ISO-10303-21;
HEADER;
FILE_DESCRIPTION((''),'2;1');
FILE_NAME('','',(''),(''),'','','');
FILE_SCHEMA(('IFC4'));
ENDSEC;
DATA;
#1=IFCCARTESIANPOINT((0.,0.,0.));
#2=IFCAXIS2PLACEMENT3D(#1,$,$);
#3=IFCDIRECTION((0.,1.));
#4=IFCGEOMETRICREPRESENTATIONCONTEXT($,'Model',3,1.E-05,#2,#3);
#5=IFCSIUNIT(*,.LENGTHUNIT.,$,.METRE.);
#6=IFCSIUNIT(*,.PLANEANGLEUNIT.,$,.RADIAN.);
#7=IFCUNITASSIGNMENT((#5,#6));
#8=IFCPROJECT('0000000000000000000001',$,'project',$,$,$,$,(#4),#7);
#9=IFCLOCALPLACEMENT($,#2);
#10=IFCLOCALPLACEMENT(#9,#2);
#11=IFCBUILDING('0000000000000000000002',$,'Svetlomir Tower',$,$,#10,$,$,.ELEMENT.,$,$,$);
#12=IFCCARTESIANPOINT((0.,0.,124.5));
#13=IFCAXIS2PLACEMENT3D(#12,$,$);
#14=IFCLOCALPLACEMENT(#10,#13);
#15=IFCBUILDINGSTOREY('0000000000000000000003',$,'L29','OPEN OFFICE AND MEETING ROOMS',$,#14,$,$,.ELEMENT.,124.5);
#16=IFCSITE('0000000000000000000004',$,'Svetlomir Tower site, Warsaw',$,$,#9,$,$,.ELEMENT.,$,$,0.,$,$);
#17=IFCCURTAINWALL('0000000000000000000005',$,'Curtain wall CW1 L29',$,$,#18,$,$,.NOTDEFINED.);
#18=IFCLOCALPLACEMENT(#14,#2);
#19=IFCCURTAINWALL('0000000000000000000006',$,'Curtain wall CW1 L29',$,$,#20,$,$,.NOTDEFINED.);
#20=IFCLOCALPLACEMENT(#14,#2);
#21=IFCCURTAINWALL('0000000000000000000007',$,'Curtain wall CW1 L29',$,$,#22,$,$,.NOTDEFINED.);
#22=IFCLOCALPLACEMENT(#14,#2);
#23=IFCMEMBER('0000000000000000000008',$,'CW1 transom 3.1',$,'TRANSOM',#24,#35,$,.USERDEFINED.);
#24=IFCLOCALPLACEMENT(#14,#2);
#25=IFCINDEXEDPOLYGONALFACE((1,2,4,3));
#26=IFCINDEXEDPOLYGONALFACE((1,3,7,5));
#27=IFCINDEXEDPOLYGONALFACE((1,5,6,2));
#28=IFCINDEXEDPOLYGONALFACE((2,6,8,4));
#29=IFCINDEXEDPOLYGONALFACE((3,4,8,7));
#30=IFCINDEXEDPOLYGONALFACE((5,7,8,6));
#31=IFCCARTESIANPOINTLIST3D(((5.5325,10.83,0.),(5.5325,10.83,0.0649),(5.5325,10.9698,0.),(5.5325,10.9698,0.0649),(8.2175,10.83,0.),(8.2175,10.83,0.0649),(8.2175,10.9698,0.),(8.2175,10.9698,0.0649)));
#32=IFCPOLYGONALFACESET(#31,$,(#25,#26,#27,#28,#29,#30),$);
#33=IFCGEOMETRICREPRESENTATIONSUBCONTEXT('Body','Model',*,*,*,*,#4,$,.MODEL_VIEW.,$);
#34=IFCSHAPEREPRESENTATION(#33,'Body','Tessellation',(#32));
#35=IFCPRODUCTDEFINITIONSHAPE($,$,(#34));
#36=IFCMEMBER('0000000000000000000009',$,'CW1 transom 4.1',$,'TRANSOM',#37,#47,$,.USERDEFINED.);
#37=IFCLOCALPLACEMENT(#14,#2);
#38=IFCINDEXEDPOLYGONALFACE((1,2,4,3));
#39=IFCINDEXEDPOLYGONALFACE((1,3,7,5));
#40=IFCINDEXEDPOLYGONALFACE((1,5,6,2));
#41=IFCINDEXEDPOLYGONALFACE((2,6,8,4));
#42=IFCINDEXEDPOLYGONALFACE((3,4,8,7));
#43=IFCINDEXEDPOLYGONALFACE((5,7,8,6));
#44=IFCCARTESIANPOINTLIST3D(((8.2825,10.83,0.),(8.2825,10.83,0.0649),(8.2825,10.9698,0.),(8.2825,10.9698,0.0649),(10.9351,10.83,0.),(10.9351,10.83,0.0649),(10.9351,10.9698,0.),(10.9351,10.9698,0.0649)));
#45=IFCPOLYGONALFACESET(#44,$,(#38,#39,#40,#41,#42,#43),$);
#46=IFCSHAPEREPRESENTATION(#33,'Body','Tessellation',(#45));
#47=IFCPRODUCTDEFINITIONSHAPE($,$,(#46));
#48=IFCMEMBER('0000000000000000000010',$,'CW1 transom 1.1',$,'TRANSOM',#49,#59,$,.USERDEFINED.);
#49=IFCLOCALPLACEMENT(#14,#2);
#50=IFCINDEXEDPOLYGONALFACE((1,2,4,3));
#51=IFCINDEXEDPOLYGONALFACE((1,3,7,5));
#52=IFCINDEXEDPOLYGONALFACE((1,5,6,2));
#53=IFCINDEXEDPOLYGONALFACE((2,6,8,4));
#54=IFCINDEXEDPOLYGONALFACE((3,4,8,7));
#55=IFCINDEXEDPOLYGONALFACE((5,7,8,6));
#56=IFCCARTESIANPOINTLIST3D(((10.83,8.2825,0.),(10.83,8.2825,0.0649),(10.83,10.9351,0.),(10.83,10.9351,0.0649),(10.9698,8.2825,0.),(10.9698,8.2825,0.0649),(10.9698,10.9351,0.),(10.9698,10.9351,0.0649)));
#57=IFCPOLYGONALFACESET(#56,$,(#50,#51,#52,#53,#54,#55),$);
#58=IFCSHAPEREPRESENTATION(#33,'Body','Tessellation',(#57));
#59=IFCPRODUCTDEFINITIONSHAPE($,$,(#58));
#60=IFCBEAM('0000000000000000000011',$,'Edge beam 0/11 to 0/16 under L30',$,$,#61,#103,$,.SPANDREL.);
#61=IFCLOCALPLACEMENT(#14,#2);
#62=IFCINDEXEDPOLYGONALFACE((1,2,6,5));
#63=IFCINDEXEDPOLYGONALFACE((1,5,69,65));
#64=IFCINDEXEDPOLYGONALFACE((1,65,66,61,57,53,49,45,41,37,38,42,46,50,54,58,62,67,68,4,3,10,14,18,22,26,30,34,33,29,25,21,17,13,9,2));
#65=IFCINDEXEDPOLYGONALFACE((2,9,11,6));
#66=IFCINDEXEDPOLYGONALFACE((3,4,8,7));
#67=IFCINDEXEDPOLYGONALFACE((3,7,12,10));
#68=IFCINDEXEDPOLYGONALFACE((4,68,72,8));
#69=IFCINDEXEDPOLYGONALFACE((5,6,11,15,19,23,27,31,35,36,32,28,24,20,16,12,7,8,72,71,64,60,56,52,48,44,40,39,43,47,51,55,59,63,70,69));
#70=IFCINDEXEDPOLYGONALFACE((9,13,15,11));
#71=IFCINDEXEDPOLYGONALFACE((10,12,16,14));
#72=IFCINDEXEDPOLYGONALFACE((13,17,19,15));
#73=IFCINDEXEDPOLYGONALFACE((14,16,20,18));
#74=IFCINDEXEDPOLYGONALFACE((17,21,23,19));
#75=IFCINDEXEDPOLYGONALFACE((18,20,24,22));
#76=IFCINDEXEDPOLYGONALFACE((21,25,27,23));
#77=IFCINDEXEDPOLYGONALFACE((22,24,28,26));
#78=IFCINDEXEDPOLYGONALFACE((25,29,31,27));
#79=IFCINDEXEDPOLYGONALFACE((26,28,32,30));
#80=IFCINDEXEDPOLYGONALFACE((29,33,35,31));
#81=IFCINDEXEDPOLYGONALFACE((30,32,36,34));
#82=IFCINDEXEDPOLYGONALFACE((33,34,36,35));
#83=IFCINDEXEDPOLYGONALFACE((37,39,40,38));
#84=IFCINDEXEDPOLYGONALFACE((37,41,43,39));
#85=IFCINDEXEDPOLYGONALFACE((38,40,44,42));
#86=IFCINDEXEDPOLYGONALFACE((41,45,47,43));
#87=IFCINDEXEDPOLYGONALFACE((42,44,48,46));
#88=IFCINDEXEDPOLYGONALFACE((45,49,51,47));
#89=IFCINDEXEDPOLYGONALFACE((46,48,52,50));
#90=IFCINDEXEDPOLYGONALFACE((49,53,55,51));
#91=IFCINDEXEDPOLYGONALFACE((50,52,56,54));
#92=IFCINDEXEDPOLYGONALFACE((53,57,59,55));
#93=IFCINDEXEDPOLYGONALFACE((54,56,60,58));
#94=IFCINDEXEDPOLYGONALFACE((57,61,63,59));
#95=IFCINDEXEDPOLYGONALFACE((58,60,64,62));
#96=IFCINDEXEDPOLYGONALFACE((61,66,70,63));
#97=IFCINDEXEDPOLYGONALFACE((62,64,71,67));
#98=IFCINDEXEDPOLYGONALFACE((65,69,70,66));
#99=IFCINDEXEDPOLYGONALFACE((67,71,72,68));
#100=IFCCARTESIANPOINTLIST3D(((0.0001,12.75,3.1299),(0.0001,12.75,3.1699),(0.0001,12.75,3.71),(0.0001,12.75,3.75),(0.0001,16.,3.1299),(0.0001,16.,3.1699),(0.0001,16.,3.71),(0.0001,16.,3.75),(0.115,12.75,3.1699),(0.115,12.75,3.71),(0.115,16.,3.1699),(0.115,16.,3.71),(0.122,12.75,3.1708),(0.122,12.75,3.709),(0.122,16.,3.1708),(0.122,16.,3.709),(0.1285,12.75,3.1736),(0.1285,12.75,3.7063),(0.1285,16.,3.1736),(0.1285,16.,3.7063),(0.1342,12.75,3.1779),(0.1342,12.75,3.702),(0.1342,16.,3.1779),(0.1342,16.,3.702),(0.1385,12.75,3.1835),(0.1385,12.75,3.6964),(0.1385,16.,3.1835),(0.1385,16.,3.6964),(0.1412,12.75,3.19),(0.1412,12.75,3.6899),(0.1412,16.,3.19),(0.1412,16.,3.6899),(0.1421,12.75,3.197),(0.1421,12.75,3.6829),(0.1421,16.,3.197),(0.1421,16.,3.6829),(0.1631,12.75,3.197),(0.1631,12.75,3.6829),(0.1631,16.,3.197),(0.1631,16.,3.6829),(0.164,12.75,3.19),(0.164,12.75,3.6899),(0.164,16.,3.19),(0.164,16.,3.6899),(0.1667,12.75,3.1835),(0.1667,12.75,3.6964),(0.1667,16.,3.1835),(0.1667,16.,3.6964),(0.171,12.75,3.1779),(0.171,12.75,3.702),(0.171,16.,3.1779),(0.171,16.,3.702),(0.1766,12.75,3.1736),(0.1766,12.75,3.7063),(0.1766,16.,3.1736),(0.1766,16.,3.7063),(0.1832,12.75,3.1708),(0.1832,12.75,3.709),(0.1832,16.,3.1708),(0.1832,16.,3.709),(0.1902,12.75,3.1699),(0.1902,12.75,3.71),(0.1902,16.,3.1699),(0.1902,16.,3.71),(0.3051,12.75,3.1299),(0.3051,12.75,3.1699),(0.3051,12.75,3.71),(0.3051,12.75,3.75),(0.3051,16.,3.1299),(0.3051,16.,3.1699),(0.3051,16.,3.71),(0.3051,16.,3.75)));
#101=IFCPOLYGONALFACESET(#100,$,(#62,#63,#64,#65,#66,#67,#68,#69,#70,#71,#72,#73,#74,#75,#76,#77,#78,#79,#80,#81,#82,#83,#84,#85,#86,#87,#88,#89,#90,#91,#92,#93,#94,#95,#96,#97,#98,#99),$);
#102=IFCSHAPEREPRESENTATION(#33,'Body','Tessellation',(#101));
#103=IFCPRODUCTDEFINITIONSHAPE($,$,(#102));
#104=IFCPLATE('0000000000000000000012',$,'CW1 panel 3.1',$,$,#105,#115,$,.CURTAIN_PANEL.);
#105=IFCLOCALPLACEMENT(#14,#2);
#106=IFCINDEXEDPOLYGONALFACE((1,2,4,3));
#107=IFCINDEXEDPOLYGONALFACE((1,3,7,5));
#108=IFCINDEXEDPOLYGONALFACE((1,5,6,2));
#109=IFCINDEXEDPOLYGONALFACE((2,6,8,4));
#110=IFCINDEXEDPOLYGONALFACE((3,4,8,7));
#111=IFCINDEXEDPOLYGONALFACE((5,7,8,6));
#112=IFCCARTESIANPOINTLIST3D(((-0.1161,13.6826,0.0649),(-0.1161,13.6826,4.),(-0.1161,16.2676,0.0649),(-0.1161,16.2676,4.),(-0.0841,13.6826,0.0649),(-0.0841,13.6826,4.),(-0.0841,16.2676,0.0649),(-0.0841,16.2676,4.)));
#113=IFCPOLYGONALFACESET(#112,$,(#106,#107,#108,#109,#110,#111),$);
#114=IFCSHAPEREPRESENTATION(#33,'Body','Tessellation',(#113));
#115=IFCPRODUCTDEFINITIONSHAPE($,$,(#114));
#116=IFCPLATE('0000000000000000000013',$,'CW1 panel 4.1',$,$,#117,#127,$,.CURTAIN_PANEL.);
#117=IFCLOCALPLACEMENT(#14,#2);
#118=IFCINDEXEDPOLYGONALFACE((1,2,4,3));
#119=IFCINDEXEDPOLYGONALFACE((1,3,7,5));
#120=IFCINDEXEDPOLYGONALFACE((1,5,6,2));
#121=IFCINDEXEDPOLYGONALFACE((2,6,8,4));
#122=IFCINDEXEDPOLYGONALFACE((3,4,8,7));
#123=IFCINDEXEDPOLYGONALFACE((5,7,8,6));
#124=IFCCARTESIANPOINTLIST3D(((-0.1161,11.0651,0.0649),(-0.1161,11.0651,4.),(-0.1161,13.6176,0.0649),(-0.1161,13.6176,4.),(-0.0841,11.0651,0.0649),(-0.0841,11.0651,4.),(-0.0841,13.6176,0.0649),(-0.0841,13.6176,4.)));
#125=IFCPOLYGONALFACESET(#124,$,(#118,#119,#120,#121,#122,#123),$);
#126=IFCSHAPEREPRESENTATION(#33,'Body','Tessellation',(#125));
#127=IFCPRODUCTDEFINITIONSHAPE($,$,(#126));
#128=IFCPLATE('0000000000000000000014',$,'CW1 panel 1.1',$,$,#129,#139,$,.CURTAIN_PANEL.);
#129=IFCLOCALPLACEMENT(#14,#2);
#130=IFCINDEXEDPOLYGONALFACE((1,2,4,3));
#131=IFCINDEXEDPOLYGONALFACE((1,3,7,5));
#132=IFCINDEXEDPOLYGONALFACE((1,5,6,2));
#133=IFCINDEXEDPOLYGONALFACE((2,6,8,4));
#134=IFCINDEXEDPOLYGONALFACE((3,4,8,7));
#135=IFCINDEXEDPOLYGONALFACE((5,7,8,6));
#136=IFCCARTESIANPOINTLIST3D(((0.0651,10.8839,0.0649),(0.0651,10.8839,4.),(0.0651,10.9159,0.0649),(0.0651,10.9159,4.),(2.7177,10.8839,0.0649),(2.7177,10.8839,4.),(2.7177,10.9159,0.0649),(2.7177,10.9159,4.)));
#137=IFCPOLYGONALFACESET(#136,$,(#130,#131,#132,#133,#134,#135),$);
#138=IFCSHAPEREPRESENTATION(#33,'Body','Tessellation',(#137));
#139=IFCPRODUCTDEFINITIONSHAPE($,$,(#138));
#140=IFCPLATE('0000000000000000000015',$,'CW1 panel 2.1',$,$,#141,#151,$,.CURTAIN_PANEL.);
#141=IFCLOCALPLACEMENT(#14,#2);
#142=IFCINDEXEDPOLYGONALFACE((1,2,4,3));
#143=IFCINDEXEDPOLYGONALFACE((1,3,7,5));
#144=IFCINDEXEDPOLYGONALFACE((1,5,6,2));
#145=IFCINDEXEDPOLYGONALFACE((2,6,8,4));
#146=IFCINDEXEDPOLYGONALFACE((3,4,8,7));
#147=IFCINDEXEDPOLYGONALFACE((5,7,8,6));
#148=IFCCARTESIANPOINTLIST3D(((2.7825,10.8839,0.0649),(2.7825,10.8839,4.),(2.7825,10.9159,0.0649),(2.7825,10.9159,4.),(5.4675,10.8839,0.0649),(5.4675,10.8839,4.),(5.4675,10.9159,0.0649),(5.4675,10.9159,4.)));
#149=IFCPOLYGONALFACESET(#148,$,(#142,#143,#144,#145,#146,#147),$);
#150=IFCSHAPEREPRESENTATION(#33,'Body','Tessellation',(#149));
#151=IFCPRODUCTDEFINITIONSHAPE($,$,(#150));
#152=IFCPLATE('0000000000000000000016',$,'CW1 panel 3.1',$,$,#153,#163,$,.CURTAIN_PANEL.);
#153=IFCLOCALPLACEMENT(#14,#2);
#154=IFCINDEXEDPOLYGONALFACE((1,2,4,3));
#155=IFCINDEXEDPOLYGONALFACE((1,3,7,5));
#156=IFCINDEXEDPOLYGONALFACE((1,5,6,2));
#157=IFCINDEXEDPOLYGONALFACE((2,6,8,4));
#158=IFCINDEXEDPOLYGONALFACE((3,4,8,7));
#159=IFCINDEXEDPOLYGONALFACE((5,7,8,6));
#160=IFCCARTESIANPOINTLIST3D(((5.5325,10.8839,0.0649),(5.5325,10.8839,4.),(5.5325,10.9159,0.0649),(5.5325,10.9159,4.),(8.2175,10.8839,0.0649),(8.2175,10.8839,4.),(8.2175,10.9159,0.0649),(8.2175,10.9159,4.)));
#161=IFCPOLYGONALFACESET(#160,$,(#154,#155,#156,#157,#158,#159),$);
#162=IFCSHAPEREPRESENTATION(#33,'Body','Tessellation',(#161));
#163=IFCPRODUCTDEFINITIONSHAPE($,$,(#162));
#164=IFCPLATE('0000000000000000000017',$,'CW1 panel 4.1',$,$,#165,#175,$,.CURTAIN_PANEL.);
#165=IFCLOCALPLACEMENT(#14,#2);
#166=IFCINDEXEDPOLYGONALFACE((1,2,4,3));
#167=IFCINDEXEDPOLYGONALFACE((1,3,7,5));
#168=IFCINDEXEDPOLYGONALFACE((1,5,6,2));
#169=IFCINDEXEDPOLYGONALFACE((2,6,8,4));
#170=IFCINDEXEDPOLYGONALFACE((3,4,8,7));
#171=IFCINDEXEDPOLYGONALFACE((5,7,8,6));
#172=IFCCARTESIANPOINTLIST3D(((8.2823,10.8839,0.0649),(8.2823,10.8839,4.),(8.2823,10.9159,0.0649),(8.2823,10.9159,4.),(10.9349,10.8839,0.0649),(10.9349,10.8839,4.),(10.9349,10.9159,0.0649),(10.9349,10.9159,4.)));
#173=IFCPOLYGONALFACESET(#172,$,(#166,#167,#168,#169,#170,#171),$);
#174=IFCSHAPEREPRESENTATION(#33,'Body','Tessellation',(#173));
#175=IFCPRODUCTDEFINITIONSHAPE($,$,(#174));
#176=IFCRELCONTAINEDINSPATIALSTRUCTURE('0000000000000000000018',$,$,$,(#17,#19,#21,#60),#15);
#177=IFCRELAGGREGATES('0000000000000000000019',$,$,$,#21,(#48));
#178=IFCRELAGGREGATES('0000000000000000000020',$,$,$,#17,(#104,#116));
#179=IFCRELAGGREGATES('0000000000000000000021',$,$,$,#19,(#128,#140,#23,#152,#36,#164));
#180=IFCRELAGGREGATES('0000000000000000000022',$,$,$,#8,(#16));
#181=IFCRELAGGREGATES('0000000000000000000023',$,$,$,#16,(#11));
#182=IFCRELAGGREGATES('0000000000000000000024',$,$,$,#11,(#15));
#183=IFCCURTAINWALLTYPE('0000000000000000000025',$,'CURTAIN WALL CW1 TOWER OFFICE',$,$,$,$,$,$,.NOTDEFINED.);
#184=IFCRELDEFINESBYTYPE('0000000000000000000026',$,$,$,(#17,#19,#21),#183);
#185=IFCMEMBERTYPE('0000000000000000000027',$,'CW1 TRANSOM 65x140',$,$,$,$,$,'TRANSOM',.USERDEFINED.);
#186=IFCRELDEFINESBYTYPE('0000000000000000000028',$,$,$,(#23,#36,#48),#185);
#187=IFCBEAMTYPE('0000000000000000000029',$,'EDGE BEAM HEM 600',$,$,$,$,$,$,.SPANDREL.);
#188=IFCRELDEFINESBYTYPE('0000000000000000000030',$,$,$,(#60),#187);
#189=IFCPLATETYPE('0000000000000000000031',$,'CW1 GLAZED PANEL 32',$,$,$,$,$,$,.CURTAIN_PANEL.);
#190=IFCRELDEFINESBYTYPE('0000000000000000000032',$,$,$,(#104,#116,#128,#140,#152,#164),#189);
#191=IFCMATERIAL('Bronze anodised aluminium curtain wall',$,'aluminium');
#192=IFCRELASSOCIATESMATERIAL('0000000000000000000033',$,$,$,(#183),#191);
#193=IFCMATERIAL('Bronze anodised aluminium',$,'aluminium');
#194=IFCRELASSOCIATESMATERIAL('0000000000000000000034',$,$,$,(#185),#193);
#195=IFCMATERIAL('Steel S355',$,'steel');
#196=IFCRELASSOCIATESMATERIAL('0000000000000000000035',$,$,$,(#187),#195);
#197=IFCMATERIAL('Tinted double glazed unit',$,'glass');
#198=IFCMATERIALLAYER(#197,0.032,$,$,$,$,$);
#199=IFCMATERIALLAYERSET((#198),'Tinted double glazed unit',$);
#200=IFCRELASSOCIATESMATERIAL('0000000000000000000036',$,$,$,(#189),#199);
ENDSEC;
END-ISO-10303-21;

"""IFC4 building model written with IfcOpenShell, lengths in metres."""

from ifc_helpers import new_model, si_unit, direction, frame, origin, origin_2d, place, context, subcontext, project, spatial, rectangle, i_section, extrude, material, layer, layer_set, material_profile, profile_set, type_object, element, aggregate, save


model = new_model("IFC4")

# Units and contexts
model_context = context("Model", 3, precision=1e-05, world=origin(), true_north=direction((0.0, 1.0)))
body_context = subcontext(model_context, "Body", "Model", "MODEL_VIEW")
ifc_project = project(units=[si_unit("LENGTHUNIT", "METRE"), si_unit("PLANEANGLEUNIT", "RADIAN")], contexts=[model_context])

# Site, building, storey
site_placement = place(None, origin())
site = spatial("IfcSite", under=ifc_project, at=site_placement, Name="Svetlomir Tower site, Warsaw", CompositionType="ELEMENT", RefElevation=0.0)
building_placement = place(site_placement, origin())
building = spatial("IfcBuilding", under=site, at=building_placement, Name="Svetlomir Tower", CompositionType="ELEMENT")
storey_placement = place(building_placement, frame((0.0, 0.0, 124.5)))
storey = spatial("IfcBuildingStorey", under=building, at=storey_placement, Name="L29", Description="OPEN OFFICE AND MEETING ROOMS", CompositionType="ELEMENT", Elevation=124.5)

# Curtain walls
ifc_material_1 = material(Name="Bronze anodised aluminium curtain wall", Category="aluminium")
curtain_wall_type = type_object("IfcCurtainWallType", Name="CURTAIN WALL CW1 TOWER OFFICE", PredefinedType="NOTDEFINED", material=ifc_material_1)
curtain_wall_1_placement = place(storey_placement, origin())
curtain_wall_1 = element("IfcCurtainWall", 1, at=curtain_wall_1_placement, inside=storey, type_object=curtain_wall_type, Name="Curtain wall CW1 L29", PredefinedType="NOTDEFINED")
curtain_wall_2_placement = place(storey_placement, origin())
curtain_wall_2 = element("IfcCurtainWall", 2, at=curtain_wall_2_placement, inside=storey, type_object=curtain_wall_type, Name="Curtain wall CW1 L29", PredefinedType="NOTDEFINED")

# Curtain wall
curtain_wall_3_placement = place(storey_placement, origin())
curtain_wall_3 = element("IfcCurtainWall", 3, at=curtain_wall_3_placement, inside=storey, type_object=curtain_wall_type, Name="Curtain wall CW1 L29", PredefinedType="NOTDEFINED")

# Members
ifc_material_2 = material(Name="Bronze anodised aluminium", Category="aluminium")
ifc_material_profile_1 = material_profile(ifc_material_2, rectangle(XDim=0.1399, YDim=0.0649, at=origin_2d()), Name="AL 140x65")
ifc_profile_set_1 = profile_set([ifc_material_profile_1], Name="Bronze anodised aluminium 6063-T6")
member_type_1 = type_object("IfcMemberType", Name="CW1 TRANSOM 65x140", ElementType="TRANSOM", PredefinedType="USERDEFINED", material=ifc_profile_set_1)
member_1_placement = place(storey_placement, frame((5.5325, 10.8999, 0.0325), z_axis=(1.0, 0.0, 0.0), x_axis=(0.0, 1.0, 0.0)))
member_1 = element("IfcMember", 4, at=member_1_placement, type_object=member_type_1, Name="CW1 transom 3.1", ObjectType="TRANSOM", PredefinedType="USERDEFINED", context=body_context, shape_type="SweptSolid", body=[
    extrude(rectangle(XDim=0.1399, YDim=0.0649, at=origin_2d()), origin(), (0.0, 0.0, 1.0), 2.6851),
])
member_2_placement = place(storey_placement, frame((8.2825, 10.8999, 0.0325), z_axis=(1.0, 0.0, 0.0), x_axis=(0.0, 1.0, 0.0)))
member_2 = element("IfcMember", 5, at=member_2_placement, type_object=member_type_1, Name="CW1 transom 4.1", ObjectType="TRANSOM", PredefinedType="USERDEFINED", context=body_context, shape_type="SweptSolid", body=[
    extrude(rectangle(XDim=0.1399, YDim=0.0649, at=origin_2d()), origin(), (0.0, 0.0, 1.0), 2.6526),
])
member_3_placement = place(storey_placement, frame((10.8999, 10.9351, 0.0325), z_axis=(0.0, -1.0, 0.0), x_axis=(1.0, 0.0, 0.0)))
member_3 = element("IfcMember", 6, at=member_3_placement, type_object=member_type_1, Name="CW1 transom 1.1", ObjectType="TRANSOM", PredefinedType="USERDEFINED", context=body_context, shape_type="SweptSolid", body=[
    extrude(rectangle(XDim=0.1399, YDim=0.0649, at=origin_2d()), origin(), (0.0, 0.0, 1.0), 2.6526),
])
aggregate(curtain_wall_3, [member_3])

# Beam
ifc_material_3 = material(Name="Steel S355", Category="steel")
ifc_material_profile_2 = material_profile(ifc_material_3, i_section(OverallWidth=0.3049, OverallDepth=0.6201, WebThickness=0.021, FlangeThickness=0.04, FilletRadius=0.0271, at=origin_2d()), Name="HEM 600")
ifc_profile_set_2 = profile_set([ifc_material_profile_2], Name="Steel S355")
beam_type = type_object("IfcBeamType", Name="EDGE BEAM HEM 600", PredefinedType="SPANDREL", material=ifc_profile_set_2)
beam_placement = place(storey_placement, frame((0.1526, 12.75, 3.4399), z_axis=(0.0, 1.0, 0.0), x_axis=(-1.0, 0.0, 0.0)))
element("IfcBeam", 7, at=beam_placement, inside=storey, type_object=beam_type, Name="Edge beam 0/11 to 0/16 under L30", PredefinedType="SPANDREL", context=body_context, shape_type="SweptSolid", body=[
    extrude(i_section(OverallWidth=0.3049, OverallDepth=0.6201, WebThickness=0.021, FlangeThickness=0.04, FilletRadius=0.0271, at=origin_2d()), origin(), (0.0, 0.0, 1.0), 3.25),
])

# Plates
ifc_material_4 = material(Name="Tinted double glazed unit", Category="glass")
ifc_layer_1 = layer(ifc_material_4, 0.032)
ifc_layer_set_1 = layer_set([ifc_layer_1], Name="Tinted double glazed unit")
plate_type = type_object("IfcPlateType", Name="CW1 GLAZED PANEL 32", PredefinedType="CURTAIN_PANEL", material=ifc_layer_set_1)
plate_1_placement = place(storey_placement, frame((-0.1001, 14.9751, 0.0649), z_axis=(0.0, 0.0, 1.0), x_axis=(0.0, -1.0, 0.0)))
plate_1 = element("IfcPlate", 8, at=plate_1_placement, type_object=plate_type, Name="CW1 panel 3.1", PredefinedType="CURTAIN_PANEL", context=body_context, shape_type="SweptSolid", body=[
    extrude(rectangle(XDim=2.585, YDim=0.032, at=origin_2d()), origin(), (0.0, 0.0, 1.0), 3.9351),
])
plate_2_placement = place(storey_placement, frame((-0.1001, 12.3413, 0.0649), z_axis=(0.0, 0.0, 1.0), x_axis=(0.0, -1.0, 0.0)))
plate_2 = element("IfcPlate", 9, at=plate_2_placement, type_object=plate_type, Name="CW1 panel 4.1", PredefinedType="CURTAIN_PANEL", context=body_context, shape_type="SweptSolid", body=[
    extrude(rectangle(XDim=2.5525, YDim=0.032, at=origin_2d()), origin(), (0.0, 0.0, 1.0), 3.9351),
])
aggregate(curtain_wall_1, [plate_1, plate_2])
plate_3_placement = place(storey_placement, frame((1.3914, 10.8999, 0.0649), z_axis=(0.0, 0.0, 1.0), x_axis=(1.0, 0.0, 0.0)))
plate_3 = element("IfcPlate", 10, at=plate_3_placement, type_object=plate_type, Name="CW1 panel 1.1", PredefinedType="CURTAIN_PANEL", context=body_context, shape_type="SweptSolid", body=[
    extrude(rectangle(XDim=2.6526, YDim=0.032, at=origin_2d()), origin(), (0.0, 0.0, 1.0), 3.9351),
])
plate_4_placement = place(storey_placement, frame((4.125, 10.8999, 0.0649), z_axis=(0.0, 0.0, 1.0), x_axis=(1.0, 0.0, 0.0)))
plate_4 = element("IfcPlate", 11, at=plate_4_placement, type_object=plate_type, Name="CW1 panel 2.1", PredefinedType="CURTAIN_PANEL", context=body_context, shape_type="SweptSolid", body=[
    extrude(rectangle(XDim=2.6851, YDim=0.032, at=origin_2d()), origin(), (0.0, 0.0, 1.0), 3.9351),
])
plate_5_placement = place(storey_placement, frame((6.875, 10.8999, 0.0649), z_axis=(0.0, 0.0, 1.0), x_axis=(1.0, 0.0, 0.0)))
plate_5 = element("IfcPlate", 12, at=plate_5_placement, type_object=plate_type, Name="CW1 panel 3.1", PredefinedType="CURTAIN_PANEL", context=body_context, shape_type="SweptSolid", body=[
    extrude(rectangle(XDim=2.6851, YDim=0.032, at=origin_2d()), origin(), (0.0, 0.0, 1.0), 3.9351),
])
plate_6_placement = place(storey_placement, frame((9.6086, 10.8999, 0.0649), z_axis=(0.0, 0.0, 1.0), x_axis=(1.0, 0.0, 0.0)))
plate_6 = element("IfcPlate", 13, at=plate_6_placement, type_object=plate_type, Name="CW1 panel 4.1", PredefinedType="CURTAIN_PANEL", context=body_context, shape_type="SweptSolid", body=[
    extrude(rectangle(XDim=2.6526, YDim=0.032, at=origin_2d()), origin(), (0.0, 0.0, 1.0), 3.9351),
])
aggregate(curtain_wall_2, [plate_3, plate_4, member_1, plate_5, member_2, plate_6])

save(model, "model.ifc")
